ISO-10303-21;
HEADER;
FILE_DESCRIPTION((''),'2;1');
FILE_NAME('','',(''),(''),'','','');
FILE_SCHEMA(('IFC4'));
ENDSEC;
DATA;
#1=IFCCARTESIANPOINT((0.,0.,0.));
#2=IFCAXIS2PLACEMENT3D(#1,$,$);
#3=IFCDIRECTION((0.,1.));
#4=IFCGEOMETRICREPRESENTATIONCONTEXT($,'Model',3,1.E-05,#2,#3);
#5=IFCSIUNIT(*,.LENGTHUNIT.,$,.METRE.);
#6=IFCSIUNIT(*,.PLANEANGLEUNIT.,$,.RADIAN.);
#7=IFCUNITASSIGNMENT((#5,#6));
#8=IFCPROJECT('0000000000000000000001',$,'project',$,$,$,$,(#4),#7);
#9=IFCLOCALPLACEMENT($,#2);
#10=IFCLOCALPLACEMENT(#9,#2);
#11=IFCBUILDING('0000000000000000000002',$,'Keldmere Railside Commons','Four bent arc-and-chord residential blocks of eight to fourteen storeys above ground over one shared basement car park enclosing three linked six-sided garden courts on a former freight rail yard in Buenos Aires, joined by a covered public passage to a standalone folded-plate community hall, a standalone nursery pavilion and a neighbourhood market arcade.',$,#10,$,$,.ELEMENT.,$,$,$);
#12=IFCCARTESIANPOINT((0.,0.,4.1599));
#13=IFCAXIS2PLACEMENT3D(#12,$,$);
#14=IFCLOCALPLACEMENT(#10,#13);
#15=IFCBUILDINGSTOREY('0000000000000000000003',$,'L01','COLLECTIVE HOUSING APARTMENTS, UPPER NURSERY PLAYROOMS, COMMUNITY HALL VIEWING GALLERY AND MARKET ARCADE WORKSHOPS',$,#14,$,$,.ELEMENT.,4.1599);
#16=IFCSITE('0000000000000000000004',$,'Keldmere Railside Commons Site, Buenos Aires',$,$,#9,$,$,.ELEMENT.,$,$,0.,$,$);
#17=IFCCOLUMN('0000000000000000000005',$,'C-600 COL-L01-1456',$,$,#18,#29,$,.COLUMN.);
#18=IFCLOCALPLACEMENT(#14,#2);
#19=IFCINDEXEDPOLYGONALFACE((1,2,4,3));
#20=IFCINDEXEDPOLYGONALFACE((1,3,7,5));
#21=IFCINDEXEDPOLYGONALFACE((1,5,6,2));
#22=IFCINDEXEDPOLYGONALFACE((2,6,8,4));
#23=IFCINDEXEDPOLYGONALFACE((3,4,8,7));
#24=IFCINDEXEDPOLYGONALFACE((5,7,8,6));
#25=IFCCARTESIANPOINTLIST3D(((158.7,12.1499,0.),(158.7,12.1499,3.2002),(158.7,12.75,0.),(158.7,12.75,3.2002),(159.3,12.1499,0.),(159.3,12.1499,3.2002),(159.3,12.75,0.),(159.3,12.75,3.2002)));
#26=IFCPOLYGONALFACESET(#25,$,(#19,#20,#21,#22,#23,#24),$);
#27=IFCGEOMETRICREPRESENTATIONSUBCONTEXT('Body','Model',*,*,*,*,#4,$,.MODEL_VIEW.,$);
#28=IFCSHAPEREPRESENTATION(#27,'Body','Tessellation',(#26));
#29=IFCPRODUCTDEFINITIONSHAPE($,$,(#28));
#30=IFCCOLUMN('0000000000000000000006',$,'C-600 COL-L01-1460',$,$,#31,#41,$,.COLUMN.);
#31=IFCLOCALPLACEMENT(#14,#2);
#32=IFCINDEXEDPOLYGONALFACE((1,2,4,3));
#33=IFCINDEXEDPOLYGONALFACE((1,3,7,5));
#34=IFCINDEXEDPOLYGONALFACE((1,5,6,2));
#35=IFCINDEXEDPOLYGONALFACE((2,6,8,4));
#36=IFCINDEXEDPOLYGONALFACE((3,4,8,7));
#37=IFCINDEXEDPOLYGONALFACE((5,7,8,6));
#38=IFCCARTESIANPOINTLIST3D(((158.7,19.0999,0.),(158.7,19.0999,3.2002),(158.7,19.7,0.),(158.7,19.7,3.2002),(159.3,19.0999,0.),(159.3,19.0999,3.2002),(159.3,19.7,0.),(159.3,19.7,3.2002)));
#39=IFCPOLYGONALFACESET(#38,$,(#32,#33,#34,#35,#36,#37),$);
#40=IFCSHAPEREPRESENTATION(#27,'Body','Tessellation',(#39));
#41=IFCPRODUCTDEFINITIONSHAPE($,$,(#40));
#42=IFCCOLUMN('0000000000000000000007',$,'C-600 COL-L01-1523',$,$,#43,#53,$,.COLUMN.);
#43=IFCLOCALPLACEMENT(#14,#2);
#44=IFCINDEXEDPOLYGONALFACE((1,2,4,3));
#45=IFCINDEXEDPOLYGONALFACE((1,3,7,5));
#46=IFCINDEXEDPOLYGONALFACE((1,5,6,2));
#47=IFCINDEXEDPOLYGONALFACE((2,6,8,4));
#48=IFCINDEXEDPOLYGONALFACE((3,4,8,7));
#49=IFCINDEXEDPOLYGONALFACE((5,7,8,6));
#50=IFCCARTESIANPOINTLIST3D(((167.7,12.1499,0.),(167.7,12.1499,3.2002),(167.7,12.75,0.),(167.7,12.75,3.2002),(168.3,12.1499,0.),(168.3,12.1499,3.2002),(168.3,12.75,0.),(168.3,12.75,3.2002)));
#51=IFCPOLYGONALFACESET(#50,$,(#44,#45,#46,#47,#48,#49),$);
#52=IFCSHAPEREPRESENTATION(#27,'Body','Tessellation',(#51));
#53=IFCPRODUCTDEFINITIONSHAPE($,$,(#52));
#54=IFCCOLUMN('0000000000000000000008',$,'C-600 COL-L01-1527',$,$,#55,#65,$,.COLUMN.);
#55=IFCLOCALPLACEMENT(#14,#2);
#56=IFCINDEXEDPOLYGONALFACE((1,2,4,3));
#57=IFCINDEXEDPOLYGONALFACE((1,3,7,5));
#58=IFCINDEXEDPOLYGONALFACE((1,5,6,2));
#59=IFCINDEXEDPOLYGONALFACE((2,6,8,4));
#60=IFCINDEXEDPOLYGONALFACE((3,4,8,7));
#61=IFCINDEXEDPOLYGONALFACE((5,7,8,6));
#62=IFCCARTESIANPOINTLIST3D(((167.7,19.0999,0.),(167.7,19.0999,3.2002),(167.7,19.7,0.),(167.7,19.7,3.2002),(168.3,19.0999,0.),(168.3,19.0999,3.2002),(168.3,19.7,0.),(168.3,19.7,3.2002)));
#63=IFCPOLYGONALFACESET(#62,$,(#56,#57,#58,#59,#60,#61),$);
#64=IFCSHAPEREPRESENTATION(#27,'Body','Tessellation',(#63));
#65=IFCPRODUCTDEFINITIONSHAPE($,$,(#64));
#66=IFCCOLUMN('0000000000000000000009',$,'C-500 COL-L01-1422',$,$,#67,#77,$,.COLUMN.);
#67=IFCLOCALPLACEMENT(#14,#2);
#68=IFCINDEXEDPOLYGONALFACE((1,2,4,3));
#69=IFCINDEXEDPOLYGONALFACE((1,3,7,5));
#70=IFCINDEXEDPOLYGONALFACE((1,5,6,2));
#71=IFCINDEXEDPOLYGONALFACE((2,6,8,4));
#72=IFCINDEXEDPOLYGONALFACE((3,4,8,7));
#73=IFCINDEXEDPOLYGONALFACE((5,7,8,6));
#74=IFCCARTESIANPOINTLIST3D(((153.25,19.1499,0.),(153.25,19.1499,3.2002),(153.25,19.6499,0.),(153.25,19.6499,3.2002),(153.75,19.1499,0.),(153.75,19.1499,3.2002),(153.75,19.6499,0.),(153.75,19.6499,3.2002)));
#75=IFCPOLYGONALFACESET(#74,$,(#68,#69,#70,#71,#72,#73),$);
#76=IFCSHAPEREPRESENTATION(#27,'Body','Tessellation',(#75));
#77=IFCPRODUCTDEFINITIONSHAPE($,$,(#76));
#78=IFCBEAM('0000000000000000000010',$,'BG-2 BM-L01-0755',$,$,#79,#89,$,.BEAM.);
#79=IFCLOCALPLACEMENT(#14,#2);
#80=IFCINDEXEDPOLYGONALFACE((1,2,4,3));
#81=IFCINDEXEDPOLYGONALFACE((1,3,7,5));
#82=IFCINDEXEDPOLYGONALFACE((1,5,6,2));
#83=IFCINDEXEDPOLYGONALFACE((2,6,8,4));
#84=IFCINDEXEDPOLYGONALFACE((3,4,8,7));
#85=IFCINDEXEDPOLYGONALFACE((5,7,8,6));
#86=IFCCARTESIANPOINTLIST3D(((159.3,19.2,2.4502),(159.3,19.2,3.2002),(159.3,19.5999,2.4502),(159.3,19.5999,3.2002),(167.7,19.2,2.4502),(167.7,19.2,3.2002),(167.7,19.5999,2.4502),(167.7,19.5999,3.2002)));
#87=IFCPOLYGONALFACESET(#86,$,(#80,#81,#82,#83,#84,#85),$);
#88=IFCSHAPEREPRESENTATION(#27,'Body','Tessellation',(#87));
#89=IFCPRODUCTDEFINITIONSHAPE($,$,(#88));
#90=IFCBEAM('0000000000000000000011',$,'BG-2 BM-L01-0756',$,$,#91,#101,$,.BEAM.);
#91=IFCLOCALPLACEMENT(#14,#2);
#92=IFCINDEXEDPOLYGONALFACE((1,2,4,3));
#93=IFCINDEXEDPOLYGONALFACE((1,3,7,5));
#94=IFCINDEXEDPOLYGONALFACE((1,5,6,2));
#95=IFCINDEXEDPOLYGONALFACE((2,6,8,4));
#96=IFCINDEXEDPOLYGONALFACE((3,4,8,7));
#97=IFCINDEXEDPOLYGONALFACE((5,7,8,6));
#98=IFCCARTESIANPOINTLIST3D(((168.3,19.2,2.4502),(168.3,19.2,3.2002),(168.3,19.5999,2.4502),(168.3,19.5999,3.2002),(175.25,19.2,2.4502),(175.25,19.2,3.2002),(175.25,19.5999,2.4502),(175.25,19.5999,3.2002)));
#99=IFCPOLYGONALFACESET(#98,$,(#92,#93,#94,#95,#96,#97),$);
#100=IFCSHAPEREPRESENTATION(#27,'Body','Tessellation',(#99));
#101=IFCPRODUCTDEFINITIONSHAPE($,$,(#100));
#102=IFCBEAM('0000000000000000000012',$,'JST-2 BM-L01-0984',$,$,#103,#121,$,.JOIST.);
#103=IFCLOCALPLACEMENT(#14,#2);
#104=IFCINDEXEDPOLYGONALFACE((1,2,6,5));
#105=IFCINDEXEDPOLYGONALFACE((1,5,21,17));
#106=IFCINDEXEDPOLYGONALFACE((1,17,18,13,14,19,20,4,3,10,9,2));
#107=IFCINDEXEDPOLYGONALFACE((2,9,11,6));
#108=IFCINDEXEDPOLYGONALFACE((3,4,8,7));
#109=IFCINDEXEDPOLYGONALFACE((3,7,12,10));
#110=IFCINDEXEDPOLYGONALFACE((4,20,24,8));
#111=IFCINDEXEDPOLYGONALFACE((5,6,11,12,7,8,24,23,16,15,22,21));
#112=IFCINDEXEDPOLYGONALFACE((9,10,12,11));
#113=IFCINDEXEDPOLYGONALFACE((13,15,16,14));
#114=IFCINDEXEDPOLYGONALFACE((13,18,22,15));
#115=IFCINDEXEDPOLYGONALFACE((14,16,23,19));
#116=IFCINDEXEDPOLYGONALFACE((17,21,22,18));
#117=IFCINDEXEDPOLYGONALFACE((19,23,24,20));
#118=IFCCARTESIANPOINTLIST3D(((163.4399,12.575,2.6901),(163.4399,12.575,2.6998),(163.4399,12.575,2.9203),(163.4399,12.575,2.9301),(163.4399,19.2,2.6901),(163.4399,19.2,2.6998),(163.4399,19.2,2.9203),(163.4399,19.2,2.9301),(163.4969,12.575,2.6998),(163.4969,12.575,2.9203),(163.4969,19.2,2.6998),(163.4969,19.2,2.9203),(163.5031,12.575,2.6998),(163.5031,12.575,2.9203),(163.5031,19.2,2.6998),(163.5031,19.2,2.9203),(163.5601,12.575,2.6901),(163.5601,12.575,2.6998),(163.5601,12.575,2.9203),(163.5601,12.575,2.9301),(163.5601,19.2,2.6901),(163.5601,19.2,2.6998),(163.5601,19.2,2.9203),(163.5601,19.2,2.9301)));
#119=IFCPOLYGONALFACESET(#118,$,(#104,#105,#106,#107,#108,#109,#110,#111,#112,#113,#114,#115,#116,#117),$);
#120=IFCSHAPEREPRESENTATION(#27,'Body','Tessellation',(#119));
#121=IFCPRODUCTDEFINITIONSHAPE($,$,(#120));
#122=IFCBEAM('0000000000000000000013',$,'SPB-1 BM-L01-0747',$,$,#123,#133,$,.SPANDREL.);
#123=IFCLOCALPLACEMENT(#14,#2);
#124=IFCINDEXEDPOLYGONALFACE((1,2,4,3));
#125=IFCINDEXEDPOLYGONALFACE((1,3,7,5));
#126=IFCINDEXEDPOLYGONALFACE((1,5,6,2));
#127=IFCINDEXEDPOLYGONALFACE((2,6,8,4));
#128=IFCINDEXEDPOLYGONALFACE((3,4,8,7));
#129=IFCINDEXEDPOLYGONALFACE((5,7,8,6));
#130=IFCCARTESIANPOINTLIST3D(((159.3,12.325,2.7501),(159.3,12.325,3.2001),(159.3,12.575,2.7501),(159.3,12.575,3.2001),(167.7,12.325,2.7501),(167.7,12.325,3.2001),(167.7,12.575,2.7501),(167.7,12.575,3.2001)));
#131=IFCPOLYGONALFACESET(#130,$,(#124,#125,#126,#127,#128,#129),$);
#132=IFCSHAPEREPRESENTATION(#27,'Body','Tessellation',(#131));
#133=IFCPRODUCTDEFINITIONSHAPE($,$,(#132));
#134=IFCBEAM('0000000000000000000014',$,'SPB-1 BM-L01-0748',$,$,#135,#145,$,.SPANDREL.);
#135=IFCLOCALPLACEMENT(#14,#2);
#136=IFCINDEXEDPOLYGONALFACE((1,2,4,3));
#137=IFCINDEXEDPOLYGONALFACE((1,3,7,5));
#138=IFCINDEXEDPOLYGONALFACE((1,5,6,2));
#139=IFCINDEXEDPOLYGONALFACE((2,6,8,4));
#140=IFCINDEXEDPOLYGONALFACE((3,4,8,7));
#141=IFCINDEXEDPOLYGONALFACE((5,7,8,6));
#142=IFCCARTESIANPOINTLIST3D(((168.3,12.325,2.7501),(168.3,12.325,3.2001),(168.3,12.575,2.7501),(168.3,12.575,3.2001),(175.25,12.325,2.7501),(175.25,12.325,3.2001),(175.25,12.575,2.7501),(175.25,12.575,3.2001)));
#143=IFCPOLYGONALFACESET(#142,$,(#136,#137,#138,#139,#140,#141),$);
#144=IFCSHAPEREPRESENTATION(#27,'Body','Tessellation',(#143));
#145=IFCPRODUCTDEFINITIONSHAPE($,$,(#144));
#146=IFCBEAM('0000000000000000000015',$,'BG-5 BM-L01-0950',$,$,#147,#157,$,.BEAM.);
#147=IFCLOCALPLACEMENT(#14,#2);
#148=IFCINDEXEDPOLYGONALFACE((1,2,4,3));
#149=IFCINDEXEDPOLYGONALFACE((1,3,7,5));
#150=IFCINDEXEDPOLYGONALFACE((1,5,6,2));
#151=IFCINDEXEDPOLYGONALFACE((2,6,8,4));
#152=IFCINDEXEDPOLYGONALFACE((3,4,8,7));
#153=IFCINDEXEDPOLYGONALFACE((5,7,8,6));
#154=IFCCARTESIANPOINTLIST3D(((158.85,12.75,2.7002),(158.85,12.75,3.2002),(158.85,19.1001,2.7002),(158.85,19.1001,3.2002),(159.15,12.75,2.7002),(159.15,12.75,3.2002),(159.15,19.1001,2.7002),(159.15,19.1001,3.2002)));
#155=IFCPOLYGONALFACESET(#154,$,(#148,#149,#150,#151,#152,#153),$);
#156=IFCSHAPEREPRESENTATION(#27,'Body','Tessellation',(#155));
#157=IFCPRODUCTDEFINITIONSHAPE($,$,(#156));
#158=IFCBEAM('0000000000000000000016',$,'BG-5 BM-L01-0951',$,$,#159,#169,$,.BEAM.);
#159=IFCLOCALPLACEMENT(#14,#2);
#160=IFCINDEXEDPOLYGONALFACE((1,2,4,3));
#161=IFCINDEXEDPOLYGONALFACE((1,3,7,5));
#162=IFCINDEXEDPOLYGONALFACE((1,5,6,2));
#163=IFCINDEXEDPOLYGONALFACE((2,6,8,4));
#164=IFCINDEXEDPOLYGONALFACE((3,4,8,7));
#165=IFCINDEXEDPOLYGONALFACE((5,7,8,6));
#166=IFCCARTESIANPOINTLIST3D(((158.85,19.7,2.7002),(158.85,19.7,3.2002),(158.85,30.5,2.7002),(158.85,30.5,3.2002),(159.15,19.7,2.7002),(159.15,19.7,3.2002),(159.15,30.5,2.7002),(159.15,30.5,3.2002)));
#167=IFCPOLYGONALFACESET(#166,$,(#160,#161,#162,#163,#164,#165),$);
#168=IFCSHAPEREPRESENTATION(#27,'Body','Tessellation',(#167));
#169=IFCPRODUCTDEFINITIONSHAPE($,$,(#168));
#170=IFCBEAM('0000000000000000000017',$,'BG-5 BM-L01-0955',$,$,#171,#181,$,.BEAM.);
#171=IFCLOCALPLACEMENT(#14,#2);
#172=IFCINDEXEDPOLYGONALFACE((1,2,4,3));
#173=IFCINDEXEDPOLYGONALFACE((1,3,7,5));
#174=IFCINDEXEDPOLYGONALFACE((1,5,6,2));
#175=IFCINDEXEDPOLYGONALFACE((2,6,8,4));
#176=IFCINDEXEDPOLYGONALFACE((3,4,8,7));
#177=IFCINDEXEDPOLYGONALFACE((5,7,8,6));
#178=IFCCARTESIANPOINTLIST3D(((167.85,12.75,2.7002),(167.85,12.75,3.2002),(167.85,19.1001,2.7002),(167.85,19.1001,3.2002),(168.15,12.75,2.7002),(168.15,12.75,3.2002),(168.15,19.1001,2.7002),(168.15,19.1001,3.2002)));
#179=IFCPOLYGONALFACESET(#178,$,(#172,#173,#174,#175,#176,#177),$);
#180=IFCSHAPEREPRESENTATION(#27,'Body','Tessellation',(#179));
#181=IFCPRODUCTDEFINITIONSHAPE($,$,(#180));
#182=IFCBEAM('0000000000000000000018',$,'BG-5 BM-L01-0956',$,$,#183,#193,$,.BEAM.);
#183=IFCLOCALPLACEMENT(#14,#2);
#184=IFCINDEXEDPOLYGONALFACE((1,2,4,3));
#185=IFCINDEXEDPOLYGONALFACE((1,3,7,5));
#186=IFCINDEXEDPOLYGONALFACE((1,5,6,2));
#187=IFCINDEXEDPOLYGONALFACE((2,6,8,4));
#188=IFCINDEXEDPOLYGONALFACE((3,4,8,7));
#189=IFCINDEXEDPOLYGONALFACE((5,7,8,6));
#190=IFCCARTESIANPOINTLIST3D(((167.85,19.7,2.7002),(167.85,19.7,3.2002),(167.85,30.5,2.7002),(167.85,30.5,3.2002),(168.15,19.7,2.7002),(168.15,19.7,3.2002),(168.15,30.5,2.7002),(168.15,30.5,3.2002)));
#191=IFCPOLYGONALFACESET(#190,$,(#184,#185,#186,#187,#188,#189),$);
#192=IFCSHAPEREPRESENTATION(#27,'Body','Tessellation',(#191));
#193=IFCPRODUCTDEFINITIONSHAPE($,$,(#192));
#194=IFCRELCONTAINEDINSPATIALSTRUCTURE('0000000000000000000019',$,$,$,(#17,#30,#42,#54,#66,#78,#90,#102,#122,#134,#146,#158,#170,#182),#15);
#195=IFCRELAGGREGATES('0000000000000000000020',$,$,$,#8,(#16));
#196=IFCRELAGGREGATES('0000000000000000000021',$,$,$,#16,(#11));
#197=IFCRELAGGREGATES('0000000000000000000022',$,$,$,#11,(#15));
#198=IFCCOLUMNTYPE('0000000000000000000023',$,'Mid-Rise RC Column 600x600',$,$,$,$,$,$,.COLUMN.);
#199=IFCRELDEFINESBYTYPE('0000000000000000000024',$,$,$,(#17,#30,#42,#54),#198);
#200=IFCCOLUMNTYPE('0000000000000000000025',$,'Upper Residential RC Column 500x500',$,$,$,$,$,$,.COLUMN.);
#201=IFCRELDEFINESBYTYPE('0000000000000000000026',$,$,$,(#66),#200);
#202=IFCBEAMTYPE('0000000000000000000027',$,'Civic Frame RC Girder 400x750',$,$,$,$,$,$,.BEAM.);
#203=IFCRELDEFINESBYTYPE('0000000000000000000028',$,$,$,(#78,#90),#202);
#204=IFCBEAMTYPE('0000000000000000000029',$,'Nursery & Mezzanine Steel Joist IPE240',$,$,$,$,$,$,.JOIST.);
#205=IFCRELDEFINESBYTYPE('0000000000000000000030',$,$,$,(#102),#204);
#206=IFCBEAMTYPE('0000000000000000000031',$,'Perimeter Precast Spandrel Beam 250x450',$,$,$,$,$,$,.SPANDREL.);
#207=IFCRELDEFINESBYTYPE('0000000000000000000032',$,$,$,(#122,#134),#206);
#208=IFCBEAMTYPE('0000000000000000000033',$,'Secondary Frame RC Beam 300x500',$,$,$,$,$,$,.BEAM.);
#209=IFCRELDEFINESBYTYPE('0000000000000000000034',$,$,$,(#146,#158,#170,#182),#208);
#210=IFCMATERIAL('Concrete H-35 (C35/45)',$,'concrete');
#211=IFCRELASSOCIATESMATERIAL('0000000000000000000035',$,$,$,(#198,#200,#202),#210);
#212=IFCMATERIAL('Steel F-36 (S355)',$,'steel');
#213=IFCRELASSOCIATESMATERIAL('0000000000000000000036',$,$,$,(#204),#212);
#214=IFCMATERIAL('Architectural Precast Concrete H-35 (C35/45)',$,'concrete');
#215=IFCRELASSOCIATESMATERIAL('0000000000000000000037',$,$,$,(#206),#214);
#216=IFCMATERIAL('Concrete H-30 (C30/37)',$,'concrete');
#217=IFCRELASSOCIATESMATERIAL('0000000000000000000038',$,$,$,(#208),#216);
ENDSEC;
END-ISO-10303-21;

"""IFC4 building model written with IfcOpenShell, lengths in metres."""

from ifc_helpers import new_model, si_unit, direction, frame, origin, origin_2d, place, context, subcontext, project, spatial, rectangle, i_section, extrude, material, material_profile, profile_set, type_object, element, save


model = new_model("IFC4")

# Units and contexts
model_context = context("Model", 3, precision=1e-05, world=origin(), true_north=direction((0.0, 1.0)))
body_context = subcontext(model_context, "Body", "Model", "MODEL_VIEW")
ifc_project = project(units=[si_unit("LENGTHUNIT", "METRE"), si_unit("PLANEANGLEUNIT", "RADIAN")], contexts=[model_context])

# Site, building, storey
site_placement = place(None, origin())
site = spatial("IfcSite", under=ifc_project, at=site_placement, Name="Keldmere Railside Commons Site, Buenos Aires", CompositionType="ELEMENT", RefElevation=0.0)
building_placement = place(site_placement, origin())
building = spatial("IfcBuilding", under=site, at=building_placement, Name="Keldmere Railside Commons", Description="Four bent arc-and-chord residential blocks of eight to fourteen storeys above ground over one shared basement car park enclosing three linked six-sided garden courts on a former freight rail yard in Buenos Aires, joined by a covered public passage to a standalone folded-plate community hall, a standalone nursery pavilion and a neighbourhood market arcade.", CompositionType="ELEMENT")
storey_placement = place(building_placement, frame((0.0, 0.0, 4.1599)))
storey = spatial("IfcBuildingStorey", under=building, at=storey_placement, Name="L01", Description="COLLECTIVE HOUSING APARTMENTS, UPPER NURSERY PLAYROOMS, COMMUNITY HALL VIEWING GALLERY AND MARKET ARCADE WORKSHOPS", CompositionType="ELEMENT", Elevation=4.1599)

# Columns
ifc_material_1 = material(Name="Concrete H-35 (C35/45)", Category="concrete")
ifc_material_profile_1 = material_profile(ifc_material_1, rectangle(XDim=0.6001, YDim=0.6001, at=origin_2d()), Name="RC-600x600")
ifc_profile_set_1 = profile_set([ifc_material_profile_1], Name="Concrete H-35 (C35/45)")
column_type_1 = type_object("IfcColumnType", Name="Mid-Rise RC Column 600x600", PredefinedType="COLUMN", material=ifc_profile_set_1)
for number, where, z_axis, x_axis, name in (
    (1, (159.0, 12.45, 0.0), (0.0, 0.0, 1.0), (1.0, 0.0, 0.0), "C-600 COL-L01-1456"),
    (2, (159.0, 19.3999, 0.0), (0.0, 0.0, 1.0), (1.0, 0.0, 0.0), "C-600 COL-L01-1460"),
    (3, (168.0, 12.45, 0.0), (0.0, 0.0, 1.0), (1.0, 0.0, 0.0), "C-600 COL-L01-1523"),
    (4, (168.0, 19.3999, 0.0), (0.0, 0.0, 1.0), (1.0, 0.0, 0.0), "C-600 COL-L01-1527"),
):
    element("IfcColumn", number, at=place(storey_placement, frame(where, z_axis=z_axis, x_axis=x_axis)), inside=storey, type_object=column_type_1, Name=name, PredefinedType="COLUMN", context=body_context, shape_type="SweptSolid", body=[
        extrude(rectangle(XDim=0.6001, YDim=0.6001, at=origin_2d()), origin(), (0.0, 0.0, 1.0), 3.2002),
    ])
ifc_material_profile_2 = material_profile(ifc_material_1, rectangle(XDim=0.5, YDim=0.5, at=origin_2d()), Name="RC-500x500")
ifc_profile_set_2 = profile_set([ifc_material_profile_2], Name="Concrete H-35 (C35/45)")
column_type_2 = type_object("IfcColumnType", Name="Upper Residential RC Column 500x500", PredefinedType="COLUMN", material=ifc_profile_set_2)
column_placement = place(storey_placement, frame((153.5, 19.3999, 0.0), z_axis=(0.0, 0.0, 1.0), x_axis=(1.0, 0.0, 0.0)))
element("IfcColumn", 5, at=column_placement, inside=storey, type_object=column_type_2, Name="C-500 COL-L01-1422", PredefinedType="COLUMN", context=body_context, shape_type="SweptSolid", body=[
    extrude(rectangle(XDim=0.5, YDim=0.5, at=origin_2d()), origin(), (0.0, 0.0, 1.0), 3.2002),
])

# Beams
ifc_material_profile_3 = material_profile(ifc_material_1, rectangle(XDim=0.3999, YDim=0.75, at=origin_2d()), Name="RC-400x750")
ifc_profile_set_3 = profile_set([ifc_material_profile_3], Name="Concrete H-35 (C35/45)")
beam_type_1 = type_object("IfcBeamType", Name="Civic Frame RC Girder 400x750", PredefinedType="BEAM", material=ifc_profile_set_3)
beam_1_placement = place(storey_placement, frame((159.3, 19.3999, 2.8252), z_axis=(1.0, 0.0, 0.0), x_axis=(0.0, 1.0, 0.0)))
element("IfcBeam", 6, at=beam_1_placement, inside=storey, type_object=beam_type_1, Name="BG-2 BM-L01-0755", PredefinedType="BEAM", context=body_context, shape_type="SweptSolid", body=[
    extrude(rectangle(XDim=0.3999, YDim=0.75, at=origin_2d()), origin(), (0.0, 0.0, 1.0), 8.3999),
])
beam_2_placement = place(storey_placement, frame((168.3, 19.3999, 2.8252), z_axis=(1.0, 0.0, 0.0), x_axis=(0.0, 1.0, 0.0)))
element("IfcBeam", 7, at=beam_2_placement, inside=storey, type_object=beam_type_1, Name="BG-2 BM-L01-0756", PredefinedType="BEAM", context=body_context, shape_type="SweptSolid", body=[
    extrude(rectangle(XDim=0.3999, YDim=0.75, at=origin_2d()), origin(), (0.0, 0.0, 1.0), 6.95),
])
ifc_material_2 = material(Name="Steel F-36 (S355)", Category="steel")
ifc_material_profile_4 = material_profile(ifc_material_2, i_section(OverallWidth=0.1201, OverallDepth=0.24, WebThickness=0.0061, FlangeThickness=0.0098, at=origin_2d()), Name="IPE-240")
ifc_profile_set_4 = profile_set([ifc_material_profile_4], Name="Steel F-36 (S355)")
beam_type_2 = type_object("IfcBeamType", Name="Nursery & Mezzanine Steel Joist IPE240", PredefinedType="JOIST", material=ifc_profile_set_4)
beam_3_placement = place(storey_placement, frame((163.5, 12.575, 2.8101), z_axis=(0.0, 1.0, 0.0), x_axis=(-1.0, 0.0, 0.0)))
element("IfcBeam", 8, at=beam_3_placement, inside=storey, type_object=beam_type_2, Name="JST-2 BM-L01-0984", PredefinedType="JOIST", context=body_context, shape_type="SweptSolid", body=[
    extrude(i_section(OverallWidth=0.1201, OverallDepth=0.24, WebThickness=0.0061, FlangeThickness=0.0098, at=origin_2d()), origin(), (0.0, 0.0, 1.0), 6.625),
])
ifc_material_3 = material(Name="Architectural Precast Concrete H-35 (C35/45)", Category="concrete")
ifc_material_profile_5 = material_profile(ifc_material_3, rectangle(XDim=0.25, YDim=0.45, at=origin_2d()), Name="RC-250x450")
ifc_profile_set_5 = profile_set([ifc_material_profile_5], Name="Architectural Precast Concrete H-35 (C35/45)")
beam_type_3 = type_object("IfcBeamType", Name="Perimeter Precast Spandrel Beam 250x450", PredefinedType="SPANDREL", material=ifc_profile_set_5)
beam_4_placement = place(storey_placement, frame((159.3, 12.45, 2.9751), z_axis=(1.0, 0.0, 0.0), x_axis=(0.0, 1.0, 0.0)))
element("IfcBeam", 9, at=beam_4_placement, inside=storey, type_object=beam_type_3, Name="SPB-1 BM-L01-0747", PredefinedType="SPANDREL", context=body_context, shape_type="SweptSolid", body=[
    extrude(rectangle(XDim=0.25, YDim=0.45, at=origin_2d()), origin(), (0.0, 0.0, 1.0), 8.3999),
])
beam_5_placement = place(storey_placement, frame((168.3, 12.45, 2.9751), z_axis=(1.0, 0.0, 0.0), x_axis=(0.0, 1.0, 0.0)))
element("IfcBeam", 10, at=beam_5_placement, inside=storey, type_object=beam_type_3, Name="SPB-1 BM-L01-0748", PredefinedType="SPANDREL", context=body_context, shape_type="SweptSolid", body=[
    extrude(rectangle(XDim=0.25, YDim=0.45, at=origin_2d()), origin(), (0.0, 0.0, 1.0), 6.95),
])
ifc_material_4 = material(Name="Concrete H-30 (C30/37)", Category="concrete")
ifc_material_profile_6 = material_profile(ifc_material_4, rectangle(XDim=0.3, YDim=0.5, at=origin_2d()), Name="RC-300x500")
ifc_profile_set_6 = profile_set([ifc_material_profile_6], Name="Concrete H-30 (C30/37)")
beam_type_4 = type_object("IfcBeamType", Name="Secondary Frame RC Beam 300x500", PredefinedType="BEAM", material=ifc_profile_set_6)
beam_6_placement = place(storey_placement, frame((159.0, 12.75, 2.9502), z_axis=(0.0, 1.0, 0.0), x_axis=(-1.0, 0.0, 0.0)))
element("IfcBeam", 11, at=beam_6_placement, inside=storey, type_object=beam_type_4, Name="BG-5 BM-L01-0950", PredefinedType="BEAM", context=body_context, shape_type="SweptSolid", body=[
    extrude(rectangle(XDim=0.3, YDim=0.5, at=origin_2d()), origin(), (0.0, 0.0, 1.0), 6.3501),
])
beam_7_placement = place(storey_placement, frame((159.0, 19.7, 2.9502), z_axis=(0.0, 1.0, 0.0), x_axis=(-1.0, 0.0, 0.0)))
element("IfcBeam", 12, at=beam_7_placement, inside=storey, type_object=beam_type_4, Name="BG-5 BM-L01-0951", PredefinedType="BEAM", context=body_context, shape_type="SweptSolid", body=[
    extrude(rectangle(XDim=0.3, YDim=0.5, at=origin_2d()), origin(), (0.0, 0.0, 1.0), 10.8),
])
beam_8_placement = place(storey_placement, frame((168.0, 12.75, 2.9502), z_axis=(0.0, 1.0, 0.0), x_axis=(-1.0, 0.0, 0.0)))
element("IfcBeam", 13, at=beam_8_placement, inside=storey, type_object=beam_type_4, Name="BG-5 BM-L01-0955", PredefinedType="BEAM", context=body_context, shape_type="SweptSolid", body=[
    extrude(rectangle(XDim=0.3, YDim=0.5, at=origin_2d()), origin(), (0.0, 0.0, 1.0), 6.3501),
])
beam_9_placement = place(storey_placement, frame((168.0, 19.7, 2.9502), z_axis=(0.0, 1.0, 0.0), x_axis=(-1.0, 0.0, 0.0)))
element("IfcBeam", 14, at=beam_9_placement, inside=storey, type_object=beam_type_4, Name="BG-5 BM-L01-0956", PredefinedType="BEAM", context=body_context, shape_type="SweptSolid", body=[
    extrude(rectangle(XDim=0.3, YDim=0.5, at=origin_2d()), origin(), (0.0, 0.0, 1.0), 10.8),
])

save(model, "model.ifc")
